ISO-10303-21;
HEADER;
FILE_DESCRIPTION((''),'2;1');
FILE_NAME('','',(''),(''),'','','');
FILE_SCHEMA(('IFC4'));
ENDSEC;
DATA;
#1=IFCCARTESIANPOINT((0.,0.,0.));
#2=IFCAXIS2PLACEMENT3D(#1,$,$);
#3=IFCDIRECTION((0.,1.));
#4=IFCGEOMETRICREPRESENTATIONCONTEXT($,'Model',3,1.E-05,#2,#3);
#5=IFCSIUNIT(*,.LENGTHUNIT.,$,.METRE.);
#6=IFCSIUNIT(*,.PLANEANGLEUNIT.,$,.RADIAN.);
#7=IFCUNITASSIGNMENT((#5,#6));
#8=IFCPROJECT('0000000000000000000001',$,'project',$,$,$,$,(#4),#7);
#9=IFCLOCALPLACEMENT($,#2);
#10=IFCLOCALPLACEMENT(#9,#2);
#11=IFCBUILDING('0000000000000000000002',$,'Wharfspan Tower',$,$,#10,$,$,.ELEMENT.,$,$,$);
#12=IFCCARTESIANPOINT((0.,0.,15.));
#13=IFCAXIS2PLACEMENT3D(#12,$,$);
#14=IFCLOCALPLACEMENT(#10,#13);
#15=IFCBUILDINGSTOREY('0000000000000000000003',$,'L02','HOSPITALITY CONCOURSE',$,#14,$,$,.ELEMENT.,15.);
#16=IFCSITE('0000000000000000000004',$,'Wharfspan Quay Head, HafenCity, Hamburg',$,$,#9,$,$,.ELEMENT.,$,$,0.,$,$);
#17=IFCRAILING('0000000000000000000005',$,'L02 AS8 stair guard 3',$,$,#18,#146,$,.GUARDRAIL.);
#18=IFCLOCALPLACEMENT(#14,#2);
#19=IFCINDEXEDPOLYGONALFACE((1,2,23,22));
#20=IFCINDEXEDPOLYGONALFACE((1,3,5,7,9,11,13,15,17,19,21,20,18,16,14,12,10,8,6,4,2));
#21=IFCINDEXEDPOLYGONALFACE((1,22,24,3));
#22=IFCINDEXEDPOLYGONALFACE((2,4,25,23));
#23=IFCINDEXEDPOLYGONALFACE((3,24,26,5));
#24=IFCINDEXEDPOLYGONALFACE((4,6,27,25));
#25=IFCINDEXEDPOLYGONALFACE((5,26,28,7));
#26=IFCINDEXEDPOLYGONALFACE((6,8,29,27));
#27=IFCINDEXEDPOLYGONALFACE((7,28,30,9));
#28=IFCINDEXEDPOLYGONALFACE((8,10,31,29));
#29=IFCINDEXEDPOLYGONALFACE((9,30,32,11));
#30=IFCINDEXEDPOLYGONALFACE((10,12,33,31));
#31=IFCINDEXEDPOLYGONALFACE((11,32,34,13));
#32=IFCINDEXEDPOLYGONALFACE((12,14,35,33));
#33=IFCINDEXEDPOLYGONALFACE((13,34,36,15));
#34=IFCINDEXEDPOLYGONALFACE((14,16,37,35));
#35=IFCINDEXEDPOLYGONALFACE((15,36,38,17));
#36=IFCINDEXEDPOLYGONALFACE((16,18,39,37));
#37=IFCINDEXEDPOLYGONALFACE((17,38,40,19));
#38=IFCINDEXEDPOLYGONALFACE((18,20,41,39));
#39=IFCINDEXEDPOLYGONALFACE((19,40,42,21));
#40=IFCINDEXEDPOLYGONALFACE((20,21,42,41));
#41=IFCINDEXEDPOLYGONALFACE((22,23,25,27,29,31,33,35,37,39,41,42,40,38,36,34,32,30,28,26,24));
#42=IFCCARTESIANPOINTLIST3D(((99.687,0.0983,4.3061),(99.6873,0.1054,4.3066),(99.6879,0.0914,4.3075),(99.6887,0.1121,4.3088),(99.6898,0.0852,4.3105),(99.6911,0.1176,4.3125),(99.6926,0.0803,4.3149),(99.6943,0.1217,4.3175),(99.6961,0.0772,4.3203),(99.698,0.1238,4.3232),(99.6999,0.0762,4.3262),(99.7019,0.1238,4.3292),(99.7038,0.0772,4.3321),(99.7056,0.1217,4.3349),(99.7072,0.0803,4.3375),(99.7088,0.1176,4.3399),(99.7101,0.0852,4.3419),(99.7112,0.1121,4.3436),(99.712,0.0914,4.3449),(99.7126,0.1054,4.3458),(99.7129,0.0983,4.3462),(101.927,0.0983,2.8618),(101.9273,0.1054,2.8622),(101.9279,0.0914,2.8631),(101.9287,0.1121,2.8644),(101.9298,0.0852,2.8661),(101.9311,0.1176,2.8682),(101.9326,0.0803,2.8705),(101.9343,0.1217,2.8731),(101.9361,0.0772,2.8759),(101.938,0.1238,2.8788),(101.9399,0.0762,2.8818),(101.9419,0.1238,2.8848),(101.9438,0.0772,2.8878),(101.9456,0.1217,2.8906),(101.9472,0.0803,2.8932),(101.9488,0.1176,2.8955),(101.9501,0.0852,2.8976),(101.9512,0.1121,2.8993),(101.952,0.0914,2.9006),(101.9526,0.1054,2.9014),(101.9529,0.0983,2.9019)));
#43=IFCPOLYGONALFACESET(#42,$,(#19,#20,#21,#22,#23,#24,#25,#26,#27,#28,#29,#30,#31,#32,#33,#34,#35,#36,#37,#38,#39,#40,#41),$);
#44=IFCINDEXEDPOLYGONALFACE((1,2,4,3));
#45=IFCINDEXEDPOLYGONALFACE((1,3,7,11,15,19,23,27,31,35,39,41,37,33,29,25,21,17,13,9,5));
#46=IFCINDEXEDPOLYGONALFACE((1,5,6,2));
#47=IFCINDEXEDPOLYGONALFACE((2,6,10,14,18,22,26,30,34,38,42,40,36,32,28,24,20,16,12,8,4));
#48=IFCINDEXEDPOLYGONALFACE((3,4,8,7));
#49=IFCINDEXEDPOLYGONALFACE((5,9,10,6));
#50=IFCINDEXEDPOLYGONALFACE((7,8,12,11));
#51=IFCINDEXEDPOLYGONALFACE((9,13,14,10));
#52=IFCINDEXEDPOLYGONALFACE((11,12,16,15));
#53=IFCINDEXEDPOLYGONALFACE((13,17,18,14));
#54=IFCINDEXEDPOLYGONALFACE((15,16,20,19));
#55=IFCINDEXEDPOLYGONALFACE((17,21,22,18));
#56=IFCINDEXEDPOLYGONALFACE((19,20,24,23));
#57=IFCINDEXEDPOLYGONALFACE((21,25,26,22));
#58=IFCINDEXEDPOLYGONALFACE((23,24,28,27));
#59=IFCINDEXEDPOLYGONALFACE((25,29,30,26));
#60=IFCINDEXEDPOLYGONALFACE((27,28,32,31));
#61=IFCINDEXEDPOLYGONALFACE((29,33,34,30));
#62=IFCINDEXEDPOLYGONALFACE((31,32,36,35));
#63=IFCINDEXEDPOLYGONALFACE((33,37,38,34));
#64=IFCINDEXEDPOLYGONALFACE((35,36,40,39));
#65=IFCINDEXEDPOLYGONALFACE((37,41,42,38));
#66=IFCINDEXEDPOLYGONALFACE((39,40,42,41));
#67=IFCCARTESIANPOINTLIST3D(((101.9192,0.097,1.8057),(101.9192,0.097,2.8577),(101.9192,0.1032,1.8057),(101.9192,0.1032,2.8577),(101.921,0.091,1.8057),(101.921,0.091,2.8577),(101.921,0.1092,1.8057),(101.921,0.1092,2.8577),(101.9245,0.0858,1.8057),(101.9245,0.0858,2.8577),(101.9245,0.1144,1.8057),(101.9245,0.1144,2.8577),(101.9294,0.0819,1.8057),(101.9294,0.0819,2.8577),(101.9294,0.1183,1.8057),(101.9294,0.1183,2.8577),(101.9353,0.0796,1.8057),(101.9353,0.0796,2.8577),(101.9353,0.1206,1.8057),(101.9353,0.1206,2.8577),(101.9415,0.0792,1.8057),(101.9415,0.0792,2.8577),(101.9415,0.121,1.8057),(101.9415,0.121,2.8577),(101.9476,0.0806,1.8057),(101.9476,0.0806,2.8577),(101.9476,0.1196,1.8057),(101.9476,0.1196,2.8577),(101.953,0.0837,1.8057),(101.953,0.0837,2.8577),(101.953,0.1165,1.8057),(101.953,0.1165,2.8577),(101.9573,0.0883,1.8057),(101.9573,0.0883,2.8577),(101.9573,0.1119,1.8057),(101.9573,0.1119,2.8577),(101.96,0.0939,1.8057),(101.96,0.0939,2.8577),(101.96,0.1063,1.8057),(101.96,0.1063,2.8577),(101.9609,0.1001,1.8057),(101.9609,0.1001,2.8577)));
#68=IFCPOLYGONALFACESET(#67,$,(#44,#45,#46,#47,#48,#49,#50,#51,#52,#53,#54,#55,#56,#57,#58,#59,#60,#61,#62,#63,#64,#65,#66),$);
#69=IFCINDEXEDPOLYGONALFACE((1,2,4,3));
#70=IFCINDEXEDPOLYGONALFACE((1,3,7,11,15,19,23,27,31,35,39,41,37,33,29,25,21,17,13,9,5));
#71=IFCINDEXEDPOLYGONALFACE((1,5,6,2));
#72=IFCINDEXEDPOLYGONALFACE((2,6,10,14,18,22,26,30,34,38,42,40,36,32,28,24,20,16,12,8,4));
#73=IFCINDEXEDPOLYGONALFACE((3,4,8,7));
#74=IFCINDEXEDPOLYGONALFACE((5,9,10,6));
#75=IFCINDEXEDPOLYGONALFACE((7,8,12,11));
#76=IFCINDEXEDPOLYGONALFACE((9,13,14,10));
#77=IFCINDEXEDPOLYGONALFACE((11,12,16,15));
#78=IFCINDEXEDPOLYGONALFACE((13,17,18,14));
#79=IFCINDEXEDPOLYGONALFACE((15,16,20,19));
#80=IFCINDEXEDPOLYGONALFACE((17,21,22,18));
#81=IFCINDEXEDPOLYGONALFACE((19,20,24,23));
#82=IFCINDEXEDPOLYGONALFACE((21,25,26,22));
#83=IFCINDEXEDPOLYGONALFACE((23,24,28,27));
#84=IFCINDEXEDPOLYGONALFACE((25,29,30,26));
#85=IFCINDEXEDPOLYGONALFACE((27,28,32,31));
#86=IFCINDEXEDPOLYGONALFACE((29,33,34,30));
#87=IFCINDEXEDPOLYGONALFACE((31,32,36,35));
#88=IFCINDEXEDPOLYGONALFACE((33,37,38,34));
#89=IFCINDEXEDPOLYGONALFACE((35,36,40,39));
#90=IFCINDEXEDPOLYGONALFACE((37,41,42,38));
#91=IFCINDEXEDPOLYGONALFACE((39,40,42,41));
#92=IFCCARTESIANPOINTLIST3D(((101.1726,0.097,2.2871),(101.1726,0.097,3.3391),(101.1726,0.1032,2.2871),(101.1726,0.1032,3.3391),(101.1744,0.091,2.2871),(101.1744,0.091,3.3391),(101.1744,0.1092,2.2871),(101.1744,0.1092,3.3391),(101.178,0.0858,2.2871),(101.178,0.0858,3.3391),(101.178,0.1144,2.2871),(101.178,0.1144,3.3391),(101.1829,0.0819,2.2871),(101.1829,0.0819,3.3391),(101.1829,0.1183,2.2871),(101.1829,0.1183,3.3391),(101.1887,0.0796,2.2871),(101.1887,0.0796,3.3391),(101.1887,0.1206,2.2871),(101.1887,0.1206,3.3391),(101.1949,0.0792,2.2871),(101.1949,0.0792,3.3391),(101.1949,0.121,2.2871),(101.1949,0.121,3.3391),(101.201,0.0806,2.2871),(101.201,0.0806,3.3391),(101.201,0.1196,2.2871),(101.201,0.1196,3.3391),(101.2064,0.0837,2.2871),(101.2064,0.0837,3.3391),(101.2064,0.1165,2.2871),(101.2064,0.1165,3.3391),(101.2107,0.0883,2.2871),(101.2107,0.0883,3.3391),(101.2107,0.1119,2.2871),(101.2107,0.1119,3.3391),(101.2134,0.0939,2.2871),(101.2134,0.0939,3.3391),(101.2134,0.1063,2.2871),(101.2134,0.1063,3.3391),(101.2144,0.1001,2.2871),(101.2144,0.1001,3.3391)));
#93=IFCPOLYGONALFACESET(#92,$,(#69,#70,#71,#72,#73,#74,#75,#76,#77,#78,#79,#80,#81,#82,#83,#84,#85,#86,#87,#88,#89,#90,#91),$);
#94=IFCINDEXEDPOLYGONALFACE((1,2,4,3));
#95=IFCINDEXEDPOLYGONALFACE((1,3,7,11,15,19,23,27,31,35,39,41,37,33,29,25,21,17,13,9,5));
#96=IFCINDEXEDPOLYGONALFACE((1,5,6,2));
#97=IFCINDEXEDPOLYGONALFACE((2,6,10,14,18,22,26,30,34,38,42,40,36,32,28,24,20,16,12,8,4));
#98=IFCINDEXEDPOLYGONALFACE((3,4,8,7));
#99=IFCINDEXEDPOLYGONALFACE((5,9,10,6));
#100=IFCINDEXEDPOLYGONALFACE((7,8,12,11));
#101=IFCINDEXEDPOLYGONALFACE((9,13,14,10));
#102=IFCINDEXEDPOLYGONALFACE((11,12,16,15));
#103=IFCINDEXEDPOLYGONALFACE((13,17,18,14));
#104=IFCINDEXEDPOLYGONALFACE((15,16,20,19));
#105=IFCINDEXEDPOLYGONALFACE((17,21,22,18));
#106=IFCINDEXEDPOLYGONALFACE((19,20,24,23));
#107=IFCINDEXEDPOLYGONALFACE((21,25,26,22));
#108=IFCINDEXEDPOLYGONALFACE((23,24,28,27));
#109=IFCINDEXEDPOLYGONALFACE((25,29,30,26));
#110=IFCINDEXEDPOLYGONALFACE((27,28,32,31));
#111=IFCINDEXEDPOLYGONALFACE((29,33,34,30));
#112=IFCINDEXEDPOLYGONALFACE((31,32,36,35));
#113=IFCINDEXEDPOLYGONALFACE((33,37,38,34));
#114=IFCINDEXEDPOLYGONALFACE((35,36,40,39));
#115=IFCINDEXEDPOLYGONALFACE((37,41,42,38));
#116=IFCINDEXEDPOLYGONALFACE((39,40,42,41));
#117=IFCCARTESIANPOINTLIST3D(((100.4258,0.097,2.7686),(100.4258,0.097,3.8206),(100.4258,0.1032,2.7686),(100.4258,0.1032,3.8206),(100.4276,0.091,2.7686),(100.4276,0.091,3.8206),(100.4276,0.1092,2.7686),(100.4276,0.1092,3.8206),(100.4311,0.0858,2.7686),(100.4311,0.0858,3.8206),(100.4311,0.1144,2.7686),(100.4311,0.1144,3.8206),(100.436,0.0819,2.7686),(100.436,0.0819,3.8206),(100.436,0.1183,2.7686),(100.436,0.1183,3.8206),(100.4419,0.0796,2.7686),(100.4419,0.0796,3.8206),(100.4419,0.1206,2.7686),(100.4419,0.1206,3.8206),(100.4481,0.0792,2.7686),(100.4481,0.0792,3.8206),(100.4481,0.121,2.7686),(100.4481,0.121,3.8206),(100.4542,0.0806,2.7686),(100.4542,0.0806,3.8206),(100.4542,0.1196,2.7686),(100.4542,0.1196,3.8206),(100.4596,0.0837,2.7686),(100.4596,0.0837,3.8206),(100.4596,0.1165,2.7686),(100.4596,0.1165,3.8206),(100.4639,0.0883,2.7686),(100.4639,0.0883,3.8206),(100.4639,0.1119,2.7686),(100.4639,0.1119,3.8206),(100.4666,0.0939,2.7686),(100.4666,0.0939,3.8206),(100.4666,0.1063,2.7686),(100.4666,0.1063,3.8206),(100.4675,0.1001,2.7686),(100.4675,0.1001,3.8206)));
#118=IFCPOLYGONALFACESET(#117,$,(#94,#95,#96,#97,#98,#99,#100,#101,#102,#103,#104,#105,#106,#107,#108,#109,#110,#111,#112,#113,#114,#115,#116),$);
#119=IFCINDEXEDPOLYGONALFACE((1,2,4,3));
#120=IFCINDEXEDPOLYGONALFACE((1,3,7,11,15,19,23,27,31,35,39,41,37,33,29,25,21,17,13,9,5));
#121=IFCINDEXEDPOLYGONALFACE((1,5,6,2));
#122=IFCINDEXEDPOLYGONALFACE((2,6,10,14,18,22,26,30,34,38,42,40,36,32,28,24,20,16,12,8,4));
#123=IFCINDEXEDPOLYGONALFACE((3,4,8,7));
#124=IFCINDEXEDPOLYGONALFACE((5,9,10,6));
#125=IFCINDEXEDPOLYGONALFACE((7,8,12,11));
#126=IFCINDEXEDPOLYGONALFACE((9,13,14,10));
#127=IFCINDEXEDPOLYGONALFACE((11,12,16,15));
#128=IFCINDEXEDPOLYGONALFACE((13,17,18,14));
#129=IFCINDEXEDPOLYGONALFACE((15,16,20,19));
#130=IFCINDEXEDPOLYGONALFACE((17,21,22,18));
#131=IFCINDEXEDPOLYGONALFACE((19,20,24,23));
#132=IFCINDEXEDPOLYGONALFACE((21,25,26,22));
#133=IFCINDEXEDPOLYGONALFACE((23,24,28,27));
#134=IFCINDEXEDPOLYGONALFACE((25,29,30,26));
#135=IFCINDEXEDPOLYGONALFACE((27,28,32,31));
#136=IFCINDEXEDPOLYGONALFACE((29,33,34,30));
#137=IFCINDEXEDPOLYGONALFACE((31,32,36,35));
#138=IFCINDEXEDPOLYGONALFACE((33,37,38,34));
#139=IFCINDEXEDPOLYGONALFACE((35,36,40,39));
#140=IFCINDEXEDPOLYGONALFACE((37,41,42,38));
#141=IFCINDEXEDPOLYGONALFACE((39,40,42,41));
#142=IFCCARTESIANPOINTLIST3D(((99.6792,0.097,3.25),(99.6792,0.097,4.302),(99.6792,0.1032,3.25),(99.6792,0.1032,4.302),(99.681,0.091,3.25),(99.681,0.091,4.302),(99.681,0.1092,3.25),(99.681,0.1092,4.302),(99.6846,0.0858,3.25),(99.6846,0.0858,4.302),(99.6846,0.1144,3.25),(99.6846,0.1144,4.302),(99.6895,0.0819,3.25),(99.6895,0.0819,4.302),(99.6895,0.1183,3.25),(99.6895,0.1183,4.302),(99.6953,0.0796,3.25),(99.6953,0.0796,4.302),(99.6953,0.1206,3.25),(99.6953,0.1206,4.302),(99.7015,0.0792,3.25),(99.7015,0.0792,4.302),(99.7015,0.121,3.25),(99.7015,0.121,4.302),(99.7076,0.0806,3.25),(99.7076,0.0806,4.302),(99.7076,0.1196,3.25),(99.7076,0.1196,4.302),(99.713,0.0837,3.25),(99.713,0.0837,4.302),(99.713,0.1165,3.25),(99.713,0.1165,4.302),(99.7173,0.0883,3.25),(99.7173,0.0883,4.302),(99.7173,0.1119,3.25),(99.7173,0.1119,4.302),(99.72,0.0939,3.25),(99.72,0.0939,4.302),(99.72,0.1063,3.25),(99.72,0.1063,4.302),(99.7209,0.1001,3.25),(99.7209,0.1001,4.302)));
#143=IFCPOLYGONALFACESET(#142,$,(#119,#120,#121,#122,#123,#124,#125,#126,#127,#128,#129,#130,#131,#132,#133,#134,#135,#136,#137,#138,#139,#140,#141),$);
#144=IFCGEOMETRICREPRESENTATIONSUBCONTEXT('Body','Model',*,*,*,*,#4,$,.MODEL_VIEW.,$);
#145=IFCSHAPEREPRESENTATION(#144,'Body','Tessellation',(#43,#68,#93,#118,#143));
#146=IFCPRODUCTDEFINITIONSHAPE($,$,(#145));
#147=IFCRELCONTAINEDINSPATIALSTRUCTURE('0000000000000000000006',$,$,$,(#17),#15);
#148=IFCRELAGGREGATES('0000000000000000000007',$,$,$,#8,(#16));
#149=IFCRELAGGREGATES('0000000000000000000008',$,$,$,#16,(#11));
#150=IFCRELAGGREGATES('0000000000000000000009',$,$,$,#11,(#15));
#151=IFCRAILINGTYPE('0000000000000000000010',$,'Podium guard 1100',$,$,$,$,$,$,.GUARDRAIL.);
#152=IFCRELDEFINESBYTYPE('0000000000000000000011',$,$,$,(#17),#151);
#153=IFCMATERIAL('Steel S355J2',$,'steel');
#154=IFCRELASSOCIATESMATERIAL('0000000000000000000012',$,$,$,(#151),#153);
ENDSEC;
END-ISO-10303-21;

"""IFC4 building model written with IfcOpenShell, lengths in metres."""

from ifc_helpers import new_model, si_unit, direction, frame, origin, origin_2d, place, context, subcontext, project, spatial, circle, extrude, material, type_object, element, save


model = new_model("IFC4")

# Units and contexts
model_context = context("Model", 3, precision=1e-05, world=origin(), true_north=direction((0.0, 1.0)))
body_context = subcontext(model_context, "Body", "Model", "MODEL_VIEW")
ifc_project = project(units=[si_unit("LENGTHUNIT", "METRE"), si_unit("PLANEANGLEUNIT", "RADIAN")], contexts=[model_context])

# Site, building, storey
site_placement = place(None, origin())
site = spatial("IfcSite", under=ifc_project, at=site_placement, Name="Wharfspan Quay Head, HafenCity, Hamburg", CompositionType="ELEMENT", RefElevation=0.0)
building_placement = place(site_placement, origin())
building = spatial("IfcBuilding", under=site, at=building_placement, Name="Wharfspan Tower", CompositionType="ELEMENT")
storey_placement = place(building_placement, frame((0.0, 0.0, 15.0)))
storey = spatial("IfcBuildingStorey", under=building, at=storey_placement, Name="L02", Description="HOSPITALITY CONCOURSE", CompositionType="ELEMENT", Elevation=15.0)

# Railing
ifc_material_1 = material(Name="Steel S355J2", Category="steel")
railing_type_1 = type_object("IfcRailingType", Name="Podium guard 1100", PredefinedType="GUARDRAIL", material=ifc_material_1)
railing_1_placement = place(storey_placement, frame((101.9399, 0.1001, 1.8057)))
element("IfcRailing", 1, at=railing_1_placement, inside=storey, type_object=railing_type_1, Name="L02 AS8 stair guard 3", PredefinedType="GUARDRAIL", context=body_context, shape_type="SweptSolid", body=[
    extrude(circle(Radius=0.0239, at=origin_2d()), frame((0.0, 0.0, 1.0762), z_axis=(-0.840437, 0.0, 0.54191), x_axis=(0.0, -1.0, 0.0)), (0.0, 0.0, 1.0), 2.6653),
    extrude(circle(Radius=0.021, at=origin_2d()), origin(), (0.0, 0.0, 1.0), 1.052),
    extrude(circle(Radius=0.021, at=origin_2d()), frame((-0.7466, 0.0, 0.4814)), (0.0, 0.0, 1.0), 1.052),
    extrude(circle(Radius=0.021, at=origin_2d()), frame((-1.4934, 0.0, 0.9629)), (0.0, 0.0, 1.0), 1.052),
    extrude(circle(Radius=0.021, at=origin_2d()), frame((-2.24, 0.0, 1.4443)), (0.0, 0.0, 1.0), 1.052),
])

save(model, "model.ifc")
